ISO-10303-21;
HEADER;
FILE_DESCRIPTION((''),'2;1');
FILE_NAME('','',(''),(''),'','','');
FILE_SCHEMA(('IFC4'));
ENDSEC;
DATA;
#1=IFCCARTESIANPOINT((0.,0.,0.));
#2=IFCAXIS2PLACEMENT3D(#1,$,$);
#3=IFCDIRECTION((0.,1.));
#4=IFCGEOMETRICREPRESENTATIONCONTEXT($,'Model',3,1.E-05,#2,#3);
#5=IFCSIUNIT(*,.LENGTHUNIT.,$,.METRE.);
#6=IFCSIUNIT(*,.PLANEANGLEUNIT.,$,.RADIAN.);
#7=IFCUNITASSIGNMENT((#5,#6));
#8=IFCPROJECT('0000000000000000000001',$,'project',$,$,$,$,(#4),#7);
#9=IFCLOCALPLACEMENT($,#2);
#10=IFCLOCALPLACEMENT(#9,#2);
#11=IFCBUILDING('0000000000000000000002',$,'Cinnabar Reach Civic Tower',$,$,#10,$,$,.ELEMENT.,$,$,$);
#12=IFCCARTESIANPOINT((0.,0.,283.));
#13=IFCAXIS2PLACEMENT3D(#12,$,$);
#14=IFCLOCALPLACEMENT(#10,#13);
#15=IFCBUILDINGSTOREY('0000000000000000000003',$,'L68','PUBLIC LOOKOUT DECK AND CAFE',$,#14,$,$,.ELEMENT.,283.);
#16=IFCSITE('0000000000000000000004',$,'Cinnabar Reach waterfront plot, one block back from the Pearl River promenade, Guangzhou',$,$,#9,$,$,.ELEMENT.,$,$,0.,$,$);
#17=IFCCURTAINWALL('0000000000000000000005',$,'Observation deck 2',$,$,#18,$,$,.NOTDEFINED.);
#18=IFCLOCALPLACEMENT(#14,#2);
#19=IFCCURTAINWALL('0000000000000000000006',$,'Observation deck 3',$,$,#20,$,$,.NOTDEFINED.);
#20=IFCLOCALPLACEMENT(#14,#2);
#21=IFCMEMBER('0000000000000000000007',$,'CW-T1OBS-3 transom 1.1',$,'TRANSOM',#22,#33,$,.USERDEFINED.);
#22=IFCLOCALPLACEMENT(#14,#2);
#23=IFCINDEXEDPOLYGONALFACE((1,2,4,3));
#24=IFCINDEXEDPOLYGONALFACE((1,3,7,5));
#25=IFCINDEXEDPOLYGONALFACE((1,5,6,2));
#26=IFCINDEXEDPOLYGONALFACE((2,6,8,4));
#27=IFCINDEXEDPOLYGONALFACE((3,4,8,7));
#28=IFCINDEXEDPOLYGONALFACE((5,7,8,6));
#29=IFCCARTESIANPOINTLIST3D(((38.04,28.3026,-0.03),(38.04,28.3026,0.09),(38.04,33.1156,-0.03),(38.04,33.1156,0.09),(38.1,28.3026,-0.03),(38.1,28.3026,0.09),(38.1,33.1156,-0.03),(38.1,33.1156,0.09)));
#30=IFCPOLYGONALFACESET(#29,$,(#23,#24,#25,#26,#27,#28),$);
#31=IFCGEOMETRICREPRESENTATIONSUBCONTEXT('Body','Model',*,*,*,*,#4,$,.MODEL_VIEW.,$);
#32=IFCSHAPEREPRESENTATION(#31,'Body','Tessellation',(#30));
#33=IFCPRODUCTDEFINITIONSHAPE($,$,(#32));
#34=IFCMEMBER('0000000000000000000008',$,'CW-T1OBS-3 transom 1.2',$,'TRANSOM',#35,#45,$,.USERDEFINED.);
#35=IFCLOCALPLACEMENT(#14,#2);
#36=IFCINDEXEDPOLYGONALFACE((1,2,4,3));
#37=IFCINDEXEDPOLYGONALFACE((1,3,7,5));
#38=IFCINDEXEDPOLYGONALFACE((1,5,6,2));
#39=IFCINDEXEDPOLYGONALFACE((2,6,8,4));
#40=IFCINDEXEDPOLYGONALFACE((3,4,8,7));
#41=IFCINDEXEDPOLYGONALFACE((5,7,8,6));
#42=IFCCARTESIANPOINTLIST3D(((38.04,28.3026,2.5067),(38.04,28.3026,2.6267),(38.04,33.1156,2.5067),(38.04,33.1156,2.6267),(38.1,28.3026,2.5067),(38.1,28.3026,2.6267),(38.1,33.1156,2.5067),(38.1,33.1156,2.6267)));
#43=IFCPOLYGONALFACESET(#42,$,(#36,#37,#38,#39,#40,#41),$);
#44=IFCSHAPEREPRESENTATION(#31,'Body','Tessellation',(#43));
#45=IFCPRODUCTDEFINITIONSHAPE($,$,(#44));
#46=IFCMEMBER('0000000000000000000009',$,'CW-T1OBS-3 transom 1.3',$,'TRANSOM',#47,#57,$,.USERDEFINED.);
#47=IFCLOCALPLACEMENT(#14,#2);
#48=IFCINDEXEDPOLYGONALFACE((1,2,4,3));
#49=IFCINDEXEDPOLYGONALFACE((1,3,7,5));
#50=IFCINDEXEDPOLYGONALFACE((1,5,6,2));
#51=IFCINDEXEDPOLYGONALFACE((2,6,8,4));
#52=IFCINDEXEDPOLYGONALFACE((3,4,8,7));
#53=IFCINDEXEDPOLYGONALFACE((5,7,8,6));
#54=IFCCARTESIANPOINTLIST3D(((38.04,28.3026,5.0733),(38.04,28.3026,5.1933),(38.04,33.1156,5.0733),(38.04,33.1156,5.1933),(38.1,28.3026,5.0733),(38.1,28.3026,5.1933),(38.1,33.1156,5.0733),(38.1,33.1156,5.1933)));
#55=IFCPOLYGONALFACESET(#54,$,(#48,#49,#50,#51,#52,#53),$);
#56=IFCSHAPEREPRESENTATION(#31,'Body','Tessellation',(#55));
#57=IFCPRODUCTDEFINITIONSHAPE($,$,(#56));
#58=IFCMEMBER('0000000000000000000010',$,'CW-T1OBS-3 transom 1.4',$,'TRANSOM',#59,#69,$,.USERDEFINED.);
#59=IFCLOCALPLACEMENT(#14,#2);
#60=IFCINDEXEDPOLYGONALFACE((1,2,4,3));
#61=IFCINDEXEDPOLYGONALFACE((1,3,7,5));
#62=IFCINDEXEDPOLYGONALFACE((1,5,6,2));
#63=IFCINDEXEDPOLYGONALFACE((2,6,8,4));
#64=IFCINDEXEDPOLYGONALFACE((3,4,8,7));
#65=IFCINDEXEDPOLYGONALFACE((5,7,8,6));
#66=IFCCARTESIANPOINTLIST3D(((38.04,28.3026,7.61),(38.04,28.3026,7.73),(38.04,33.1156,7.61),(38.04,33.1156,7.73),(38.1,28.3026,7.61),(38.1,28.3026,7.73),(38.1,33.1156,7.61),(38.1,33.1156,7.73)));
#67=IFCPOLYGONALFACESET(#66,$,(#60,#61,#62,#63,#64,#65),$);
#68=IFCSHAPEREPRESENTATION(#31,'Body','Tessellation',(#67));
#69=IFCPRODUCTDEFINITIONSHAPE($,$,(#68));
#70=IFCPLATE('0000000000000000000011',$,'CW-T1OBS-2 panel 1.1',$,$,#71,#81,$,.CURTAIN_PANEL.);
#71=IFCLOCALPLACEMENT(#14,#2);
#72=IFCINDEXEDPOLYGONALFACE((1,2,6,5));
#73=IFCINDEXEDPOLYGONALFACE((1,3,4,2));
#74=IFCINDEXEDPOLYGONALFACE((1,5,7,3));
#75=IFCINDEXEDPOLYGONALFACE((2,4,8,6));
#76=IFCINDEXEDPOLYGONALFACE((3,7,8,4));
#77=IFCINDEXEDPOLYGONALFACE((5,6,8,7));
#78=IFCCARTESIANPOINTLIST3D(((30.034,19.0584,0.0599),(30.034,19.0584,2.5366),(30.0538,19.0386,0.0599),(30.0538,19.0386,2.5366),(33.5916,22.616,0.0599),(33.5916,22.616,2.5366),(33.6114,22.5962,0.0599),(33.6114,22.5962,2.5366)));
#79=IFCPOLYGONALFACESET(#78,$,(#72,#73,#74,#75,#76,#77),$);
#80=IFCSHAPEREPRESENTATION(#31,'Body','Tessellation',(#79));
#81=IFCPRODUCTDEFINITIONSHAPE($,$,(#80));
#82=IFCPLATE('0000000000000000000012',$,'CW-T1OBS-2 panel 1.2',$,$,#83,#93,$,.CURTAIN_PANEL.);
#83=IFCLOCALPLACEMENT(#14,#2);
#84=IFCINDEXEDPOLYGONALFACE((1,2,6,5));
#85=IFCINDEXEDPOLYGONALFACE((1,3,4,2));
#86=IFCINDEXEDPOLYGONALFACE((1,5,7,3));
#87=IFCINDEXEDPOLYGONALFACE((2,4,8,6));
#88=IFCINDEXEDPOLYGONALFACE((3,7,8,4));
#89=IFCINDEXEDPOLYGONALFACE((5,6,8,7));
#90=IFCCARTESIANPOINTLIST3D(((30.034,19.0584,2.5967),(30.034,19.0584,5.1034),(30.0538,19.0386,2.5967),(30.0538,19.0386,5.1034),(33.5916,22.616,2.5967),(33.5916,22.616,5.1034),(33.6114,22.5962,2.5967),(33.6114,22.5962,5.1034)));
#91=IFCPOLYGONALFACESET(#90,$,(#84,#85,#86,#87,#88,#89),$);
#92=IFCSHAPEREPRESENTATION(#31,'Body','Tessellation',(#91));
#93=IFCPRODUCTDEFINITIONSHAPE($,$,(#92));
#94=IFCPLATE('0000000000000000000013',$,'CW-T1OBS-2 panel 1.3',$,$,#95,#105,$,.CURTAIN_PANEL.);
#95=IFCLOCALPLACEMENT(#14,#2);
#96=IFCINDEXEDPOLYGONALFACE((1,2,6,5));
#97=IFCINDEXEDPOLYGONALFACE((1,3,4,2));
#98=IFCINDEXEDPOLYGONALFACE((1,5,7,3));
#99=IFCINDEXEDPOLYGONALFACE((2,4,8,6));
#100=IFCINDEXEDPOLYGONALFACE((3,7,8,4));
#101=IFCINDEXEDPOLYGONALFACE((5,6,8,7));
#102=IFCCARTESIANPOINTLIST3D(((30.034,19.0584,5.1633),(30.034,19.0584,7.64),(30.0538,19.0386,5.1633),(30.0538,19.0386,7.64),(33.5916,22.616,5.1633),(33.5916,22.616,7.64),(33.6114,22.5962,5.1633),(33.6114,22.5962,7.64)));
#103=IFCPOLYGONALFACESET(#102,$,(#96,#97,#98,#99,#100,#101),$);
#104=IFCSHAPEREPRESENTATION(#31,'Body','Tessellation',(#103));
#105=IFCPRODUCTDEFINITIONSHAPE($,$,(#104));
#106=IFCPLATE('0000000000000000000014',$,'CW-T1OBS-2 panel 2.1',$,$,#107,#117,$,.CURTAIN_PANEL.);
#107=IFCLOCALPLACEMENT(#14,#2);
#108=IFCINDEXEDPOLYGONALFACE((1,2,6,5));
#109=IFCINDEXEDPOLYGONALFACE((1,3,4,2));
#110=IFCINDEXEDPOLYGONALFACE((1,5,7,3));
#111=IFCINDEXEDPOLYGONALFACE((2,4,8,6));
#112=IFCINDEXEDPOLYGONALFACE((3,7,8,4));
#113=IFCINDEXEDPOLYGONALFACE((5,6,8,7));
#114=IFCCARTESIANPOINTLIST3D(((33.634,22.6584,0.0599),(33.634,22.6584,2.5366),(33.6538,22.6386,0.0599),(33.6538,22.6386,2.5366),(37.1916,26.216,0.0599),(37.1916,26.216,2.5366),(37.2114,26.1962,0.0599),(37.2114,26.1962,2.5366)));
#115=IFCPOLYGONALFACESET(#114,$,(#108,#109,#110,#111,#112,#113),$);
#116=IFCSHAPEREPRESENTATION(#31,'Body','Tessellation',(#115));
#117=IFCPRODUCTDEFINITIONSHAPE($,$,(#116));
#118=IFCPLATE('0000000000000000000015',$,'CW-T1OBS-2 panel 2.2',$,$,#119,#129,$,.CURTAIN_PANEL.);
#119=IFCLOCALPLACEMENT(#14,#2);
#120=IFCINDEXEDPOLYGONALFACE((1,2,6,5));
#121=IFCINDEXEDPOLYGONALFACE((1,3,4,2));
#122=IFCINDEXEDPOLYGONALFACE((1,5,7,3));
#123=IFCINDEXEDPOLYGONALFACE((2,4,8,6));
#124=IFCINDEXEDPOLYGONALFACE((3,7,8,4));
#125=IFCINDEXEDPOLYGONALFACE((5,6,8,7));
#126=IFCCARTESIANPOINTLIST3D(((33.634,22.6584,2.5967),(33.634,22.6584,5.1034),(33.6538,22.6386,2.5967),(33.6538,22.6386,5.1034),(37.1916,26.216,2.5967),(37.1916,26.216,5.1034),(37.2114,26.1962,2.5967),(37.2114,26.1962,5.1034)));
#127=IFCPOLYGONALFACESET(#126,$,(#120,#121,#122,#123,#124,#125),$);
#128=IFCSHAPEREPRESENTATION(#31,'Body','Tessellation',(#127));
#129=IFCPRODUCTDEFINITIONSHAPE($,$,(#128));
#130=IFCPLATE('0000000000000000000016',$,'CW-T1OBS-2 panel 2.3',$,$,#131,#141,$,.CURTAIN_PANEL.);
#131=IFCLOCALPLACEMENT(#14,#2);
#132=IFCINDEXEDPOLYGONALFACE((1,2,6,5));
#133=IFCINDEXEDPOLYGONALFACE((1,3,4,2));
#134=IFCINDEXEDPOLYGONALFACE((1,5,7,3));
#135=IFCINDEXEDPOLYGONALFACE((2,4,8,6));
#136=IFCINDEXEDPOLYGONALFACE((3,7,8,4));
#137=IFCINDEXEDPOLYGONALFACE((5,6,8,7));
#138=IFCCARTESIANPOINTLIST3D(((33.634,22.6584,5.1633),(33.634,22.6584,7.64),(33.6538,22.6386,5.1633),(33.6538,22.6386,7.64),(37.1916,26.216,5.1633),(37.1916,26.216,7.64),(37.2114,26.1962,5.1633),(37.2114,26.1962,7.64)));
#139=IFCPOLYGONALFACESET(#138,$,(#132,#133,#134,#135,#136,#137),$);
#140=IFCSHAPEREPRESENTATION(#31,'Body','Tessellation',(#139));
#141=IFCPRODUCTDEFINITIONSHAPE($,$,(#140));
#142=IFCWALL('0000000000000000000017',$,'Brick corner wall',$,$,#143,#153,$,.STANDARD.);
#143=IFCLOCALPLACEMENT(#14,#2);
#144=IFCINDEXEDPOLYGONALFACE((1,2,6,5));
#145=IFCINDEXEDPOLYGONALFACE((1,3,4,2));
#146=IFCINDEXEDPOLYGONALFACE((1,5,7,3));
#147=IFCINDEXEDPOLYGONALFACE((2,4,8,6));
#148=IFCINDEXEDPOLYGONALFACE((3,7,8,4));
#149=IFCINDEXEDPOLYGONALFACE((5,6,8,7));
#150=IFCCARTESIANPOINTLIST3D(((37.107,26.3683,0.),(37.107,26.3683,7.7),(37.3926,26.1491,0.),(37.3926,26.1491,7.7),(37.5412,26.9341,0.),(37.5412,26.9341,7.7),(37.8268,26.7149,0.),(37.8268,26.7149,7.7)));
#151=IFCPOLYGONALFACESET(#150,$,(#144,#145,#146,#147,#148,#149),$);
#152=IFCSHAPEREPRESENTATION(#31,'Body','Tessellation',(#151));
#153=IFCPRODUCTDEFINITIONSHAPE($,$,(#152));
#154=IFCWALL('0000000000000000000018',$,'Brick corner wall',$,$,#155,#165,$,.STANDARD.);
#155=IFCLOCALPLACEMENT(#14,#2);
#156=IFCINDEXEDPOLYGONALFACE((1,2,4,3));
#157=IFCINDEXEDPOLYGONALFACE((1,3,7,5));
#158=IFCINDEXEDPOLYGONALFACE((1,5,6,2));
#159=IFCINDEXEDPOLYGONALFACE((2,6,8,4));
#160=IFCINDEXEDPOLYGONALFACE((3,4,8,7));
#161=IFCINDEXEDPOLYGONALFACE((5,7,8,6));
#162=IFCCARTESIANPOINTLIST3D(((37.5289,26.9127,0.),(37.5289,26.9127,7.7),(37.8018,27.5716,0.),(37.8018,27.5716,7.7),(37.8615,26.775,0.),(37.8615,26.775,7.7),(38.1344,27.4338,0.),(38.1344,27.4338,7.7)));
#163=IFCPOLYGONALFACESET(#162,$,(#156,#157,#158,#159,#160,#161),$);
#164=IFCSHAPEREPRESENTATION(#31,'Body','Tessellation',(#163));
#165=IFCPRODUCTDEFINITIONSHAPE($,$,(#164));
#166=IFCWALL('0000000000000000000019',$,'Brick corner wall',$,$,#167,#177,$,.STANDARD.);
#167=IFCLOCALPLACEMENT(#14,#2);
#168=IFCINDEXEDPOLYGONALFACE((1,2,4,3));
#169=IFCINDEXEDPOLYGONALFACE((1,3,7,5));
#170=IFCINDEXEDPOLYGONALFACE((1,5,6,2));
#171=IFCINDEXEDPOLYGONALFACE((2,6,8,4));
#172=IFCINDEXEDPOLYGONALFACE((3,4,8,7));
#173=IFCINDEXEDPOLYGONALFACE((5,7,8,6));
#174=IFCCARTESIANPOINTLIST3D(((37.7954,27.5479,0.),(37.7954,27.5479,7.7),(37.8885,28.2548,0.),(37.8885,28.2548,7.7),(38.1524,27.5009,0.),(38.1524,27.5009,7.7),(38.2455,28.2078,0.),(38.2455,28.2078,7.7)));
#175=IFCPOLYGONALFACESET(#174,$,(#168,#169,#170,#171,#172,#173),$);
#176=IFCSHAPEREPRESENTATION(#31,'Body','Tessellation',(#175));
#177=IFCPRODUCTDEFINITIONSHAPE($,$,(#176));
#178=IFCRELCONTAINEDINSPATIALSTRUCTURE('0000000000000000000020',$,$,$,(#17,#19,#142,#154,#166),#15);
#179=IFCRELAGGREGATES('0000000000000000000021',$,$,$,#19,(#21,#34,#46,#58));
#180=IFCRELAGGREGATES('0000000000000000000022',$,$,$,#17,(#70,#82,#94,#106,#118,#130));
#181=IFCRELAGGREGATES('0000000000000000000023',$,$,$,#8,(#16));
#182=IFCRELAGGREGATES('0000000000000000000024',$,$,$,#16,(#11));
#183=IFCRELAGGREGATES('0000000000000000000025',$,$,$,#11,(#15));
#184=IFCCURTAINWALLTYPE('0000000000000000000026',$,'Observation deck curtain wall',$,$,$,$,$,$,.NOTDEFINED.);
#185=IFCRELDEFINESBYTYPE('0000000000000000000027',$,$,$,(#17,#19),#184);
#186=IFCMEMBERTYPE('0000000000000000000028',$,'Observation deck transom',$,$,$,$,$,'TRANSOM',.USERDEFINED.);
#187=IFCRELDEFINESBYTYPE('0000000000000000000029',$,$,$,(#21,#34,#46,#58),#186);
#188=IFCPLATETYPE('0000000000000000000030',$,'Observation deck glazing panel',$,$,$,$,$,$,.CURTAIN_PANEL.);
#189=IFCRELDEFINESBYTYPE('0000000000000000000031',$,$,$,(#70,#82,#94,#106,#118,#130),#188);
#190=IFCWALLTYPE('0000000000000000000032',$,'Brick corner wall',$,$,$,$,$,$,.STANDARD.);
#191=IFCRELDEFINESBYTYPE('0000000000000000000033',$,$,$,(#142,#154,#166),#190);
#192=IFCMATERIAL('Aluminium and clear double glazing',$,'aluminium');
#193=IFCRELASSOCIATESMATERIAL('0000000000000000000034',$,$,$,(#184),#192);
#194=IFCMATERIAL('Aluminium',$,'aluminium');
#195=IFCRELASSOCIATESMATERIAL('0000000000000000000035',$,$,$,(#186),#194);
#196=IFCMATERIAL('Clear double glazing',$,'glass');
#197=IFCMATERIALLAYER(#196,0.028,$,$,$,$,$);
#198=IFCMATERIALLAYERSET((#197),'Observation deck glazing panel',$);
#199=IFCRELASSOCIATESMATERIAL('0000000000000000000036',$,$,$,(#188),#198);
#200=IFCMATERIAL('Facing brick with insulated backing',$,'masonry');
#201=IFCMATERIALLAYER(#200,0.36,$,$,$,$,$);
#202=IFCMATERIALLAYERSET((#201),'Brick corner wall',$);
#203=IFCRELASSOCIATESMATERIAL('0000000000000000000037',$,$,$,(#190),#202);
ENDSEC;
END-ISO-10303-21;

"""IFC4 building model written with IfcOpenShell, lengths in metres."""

from ifc_helpers import new_model, si_unit, direction, frame, frame_2d, origin, origin_2d, place, context, subcontext, project, spatial, rectangle, extrude, material, layer, layer_set, material_profile, profile_set, type_object, element, aggregate, save


model = new_model("IFC4")

# Units and contexts
model_context = context("Model", 3, precision=1e-05, world=origin(), true_north=direction((0.0, 1.0)))
body_context = subcontext(model_context, "Body", "Model", "MODEL_VIEW")
ifc_project = project(units=[si_unit("LENGTHUNIT", "METRE"), si_unit("PLANEANGLEUNIT", "RADIAN")], contexts=[model_context])

# Site, building, storey
site_placement = place(None, origin())
site = spatial("IfcSite", under=ifc_project, at=site_placement, Name="Cinnabar Reach waterfront plot, one block back from the Pearl River promenade, Guangzhou", CompositionType="ELEMENT", RefElevation=0.0)
building_placement = place(site_placement, origin())
building = spatial("IfcBuilding", under=site, at=building_placement, Name="Cinnabar Reach Civic Tower", CompositionType="ELEMENT")
storey_placement = place(building_placement, frame((0.0, 0.0, 283.0)))
storey = spatial("IfcBuildingStorey", under=building, at=storey_placement, Name="L68", Description="PUBLIC LOOKOUT DECK AND CAFE", CompositionType="ELEMENT", Elevation=283.0)

# Curtain wall
ifc_material_1 = material(Name="Aluminium and clear double glazing", Category="aluminium")
curtain_wall_type = type_object("IfcCurtainWallType", Name="Observation deck curtain wall", PredefinedType="NOTDEFINED", material=ifc_material_1)
curtain_wall_1_placement = place(storey_placement, origin())
curtain_wall_1 = element("IfcCurtainWall", 1, at=curtain_wall_1_placement, inside=storey, type_object=curtain_wall_type, Name="Observation deck 2", PredefinedType="NOTDEFINED")
ifc_material_2 = material(Name="Aluminium", Category="aluminium")

# Curtain wall
curtain_wall_2_placement = place(storey_placement, origin())
curtain_wall_2 = element("IfcCurtainWall", 2, at=curtain_wall_2_placement, inside=storey, type_object=curtain_wall_type, Name="Observation deck 3", PredefinedType="NOTDEFINED")

# Members
ifc_material_profile_1 = material_profile(ifc_material_2, rectangle(XDim=0.06, YDim=0.12, at=origin_2d()), Name="Observation deck transom")
ifc_profile_set_1 = profile_set([ifc_material_profile_1], Name="Aluminium")
member_type_1 = type_object("IfcMemberType", Name="Observation deck transom", ElementType="TRANSOM", PredefinedType="USERDEFINED", material=ifc_profile_set_1)
member_1_placement = place(storey_placement, frame((38.07, 28.3026, 0.03), z_axis=(0.0, 1.0, 0.0), x_axis=(-1.0, 0.0, 0.0)))
member_1 = element("IfcMember", 3, at=member_1_placement, type_object=member_type_1, Name="CW-T1OBS-3 transom 1.1", ObjectType="TRANSOM", PredefinedType="USERDEFINED", context=body_context, shape_type="SweptSolid", body=[
    extrude(rectangle(XDim=0.06, YDim=0.12, at=origin_2d()), origin(), (0.0, 0.0, 1.0), 4.813),
])
member_2_placement = place(storey_placement, frame((38.07, 28.3026, 2.5667), z_axis=(0.0, 1.0, 0.0), x_axis=(-1.0, 0.0, 0.0)))
member_2 = element("IfcMember", 4, at=member_2_placement, type_object=member_type_1, Name="CW-T1OBS-3 transom 1.2", ObjectType="TRANSOM", PredefinedType="USERDEFINED", context=body_context, shape_type="SweptSolid", body=[
    extrude(rectangle(XDim=0.06, YDim=0.12, at=origin_2d()), origin(), (0.0, 0.0, 1.0), 4.813),
])
member_3_placement = place(storey_placement, frame((38.07, 28.3026, 5.1333), z_axis=(0.0, 1.0, 0.0), x_axis=(-1.0, 0.0, 0.0)))
member_3 = element("IfcMember", 5, at=member_3_placement, type_object=member_type_1, Name="CW-T1OBS-3 transom 1.3", ObjectType="TRANSOM", PredefinedType="USERDEFINED", context=body_context, shape_type="SweptSolid", body=[
    extrude(rectangle(XDim=0.06, YDim=0.12, at=origin_2d()), origin(), (0.0, 0.0, 1.0), 4.813),
])
member_4_placement = place(storey_placement, frame((38.07, 28.3026, 7.67), z_axis=(0.0, 1.0, 0.0), x_axis=(-1.0, 0.0, 0.0)))
member_4 = element("IfcMember", 6, at=member_4_placement, type_object=member_type_1, Name="CW-T1OBS-3 transom 1.4", ObjectType="TRANSOM", PredefinedType="USERDEFINED", context=body_context, shape_type="SweptSolid", body=[
    extrude(rectangle(XDim=0.06, YDim=0.12, at=origin_2d()), origin(), (0.0, 0.0, 1.0), 4.813),
])
aggregate(curtain_wall_2, [member_1, member_2, member_3, member_4])

# Plates
ifc_material_3 = material(Name="Clear double glazing", Category="glass")
ifc_layer_1 = layer(ifc_material_3, 0.028)
ifc_layer_set_1 = layer_set([ifc_layer_1], Name="Observation deck glazing panel")
plate_type = type_object("IfcPlateType", Name="Observation deck glazing panel", PredefinedType="CURTAIN_PANEL", material=ifc_layer_set_1)
plate_1_placement = place(storey_placement, frame((31.8227, 20.8273, 0.0599), z_axis=(0.0, 0.0, 1.0), x_axis=(0.707107, 0.707107, 0.0)))
plate_1 = element("IfcPlate", 7, at=plate_1_placement, type_object=plate_type, Name="CW-T1OBS-2 panel 1.1", PredefinedType="CURTAIN_PANEL", context=body_context, shape_type="SweptSolid", body=[
    extrude(rectangle(XDim=5.0313, YDim=0.028, at=origin_2d()), origin(), (0.0, 0.0, 1.0), 2.4767),
])
plate_2_placement = place(storey_placement, frame((31.8227, 20.8273, 2.5967), z_axis=(0.0, 0.0, 1.0), x_axis=(0.707107, 0.707107, 0.0)))
plate_2 = element("IfcPlate", 8, at=plate_2_placement, type_object=plate_type, Name="CW-T1OBS-2 panel 1.2", PredefinedType="CURTAIN_PANEL", context=body_context, shape_type="SweptSolid", body=[
    extrude(rectangle(XDim=5.0313, YDim=0.028, at=origin_2d()), origin(), (0.0, 0.0, 1.0), 2.5067),
])
plate_3_placement = place(storey_placement, frame((31.8227, 20.8273, 5.1633), z_axis=(0.0, 0.0, 1.0), x_axis=(0.707107, 0.707107, 0.0)))
plate_3 = element("IfcPlate", 9, at=plate_3_placement, type_object=plate_type, Name="CW-T1OBS-2 panel 1.3", PredefinedType="CURTAIN_PANEL", context=body_context, shape_type="SweptSolid", body=[
    extrude(rectangle(XDim=5.0313, YDim=0.028, at=origin_2d()), origin(), (0.0, 0.0, 1.0), 2.4767),
])
plate_4_placement = place(storey_placement, frame((35.4227, 24.4273, 0.0599), z_axis=(0.0, 0.0, 1.0), x_axis=(0.707107, 0.707107, 0.0)))
plate_4 = element("IfcPlate", 10, at=plate_4_placement, type_object=plate_type, Name="CW-T1OBS-2 panel 2.1", PredefinedType="CURTAIN_PANEL", context=body_context, shape_type="SweptSolid", body=[
    extrude(rectangle(XDim=5.0313, YDim=0.028, at=origin_2d()), origin(), (0.0, 0.0, 1.0), 2.4767),
])
plate_5_placement = place(storey_placement, frame((35.4227, 24.4273, 2.5967), z_axis=(0.0, 0.0, 1.0), x_axis=(0.707107, 0.707107, 0.0)))
plate_5 = element("IfcPlate", 11, at=plate_5_placement, type_object=plate_type, Name="CW-T1OBS-2 panel 2.2", PredefinedType="CURTAIN_PANEL", context=body_context, shape_type="SweptSolid", body=[
    extrude(rectangle(XDim=5.0313, YDim=0.028, at=origin_2d()), origin(), (0.0, 0.0, 1.0), 2.5067),
])
plate_6_placement = place(storey_placement, frame((35.4227, 24.4273, 5.1633), z_axis=(0.0, 0.0, 1.0), x_axis=(0.707107, 0.707107, 0.0)))
plate_6 = element("IfcPlate", 12, at=plate_6_placement, type_object=plate_type, Name="CW-T1OBS-2 panel 2.3", PredefinedType="CURTAIN_PANEL", context=body_context, shape_type="SweptSolid", body=[
    extrude(rectangle(XDim=5.0313, YDim=0.028, at=origin_2d()), origin(), (0.0, 0.0, 1.0), 2.4767),
])
aggregate(curtain_wall_1, [plate_1, plate_2, plate_3, plate_4, plate_5, plate_6])

# Walls
ifc_material_4 = material(Name="Facing brick with insulated backing", Category="masonry")
ifc_layer_2 = layer(ifc_material_4, 0.36)
ifc_layer_set_2 = layer_set([ifc_layer_2], Name="Brick corner wall")
wall_type = type_object("IfcWallType", Name="Brick corner wall", PredefinedType="STANDARD", material=ifc_layer_set_2)
wall_placement = place(storey_placement, frame((37.2498, 26.2587, 0.0), z_axis=(0.0, 0.0, 1.0), x_axis=(0.608802, 0.793322, 0.0)))
element("IfcWall", 13, at=wall_placement, inside=storey, type_object=wall_type, Name="Brick corner wall", PredefinedType="STANDARD", context=body_context, shape_type="SweptSolid", body=[
    extrude(rectangle(XDim=0.7132, YDim=0.36, at=frame_2d((0.3566, 0.0))), origin(), (0.0, 0.0, 1.0), 7.7),
])
for number, where, z_axis, x_axis, name in (
    (14, (37.6952, 26.8439, 0.0), (0.0, 0.0, 1.0), (0.382703, 0.923872, 0.0), "Brick corner wall"),
    (15, (37.9739, 27.5244, 0.0), (0.0, 0.0, 1.0), (0.130556, 0.991441, 0.0), "Brick corner wall"),
):
    element("IfcWall", number, at=place(storey_placement, frame(where, z_axis=z_axis, x_axis=x_axis)), inside=storey, type_object=wall_type, Name=name, PredefinedType="STANDARD", context=body_context, shape_type="SweptSolid", body=[
        extrude(rectangle(XDim=0.7131, YDim=0.36, at=frame_2d((0.3565, 0.0))), origin(), (0.0, 0.0, 1.0), 7.7),
    ])

save(model, "model.ifc")
